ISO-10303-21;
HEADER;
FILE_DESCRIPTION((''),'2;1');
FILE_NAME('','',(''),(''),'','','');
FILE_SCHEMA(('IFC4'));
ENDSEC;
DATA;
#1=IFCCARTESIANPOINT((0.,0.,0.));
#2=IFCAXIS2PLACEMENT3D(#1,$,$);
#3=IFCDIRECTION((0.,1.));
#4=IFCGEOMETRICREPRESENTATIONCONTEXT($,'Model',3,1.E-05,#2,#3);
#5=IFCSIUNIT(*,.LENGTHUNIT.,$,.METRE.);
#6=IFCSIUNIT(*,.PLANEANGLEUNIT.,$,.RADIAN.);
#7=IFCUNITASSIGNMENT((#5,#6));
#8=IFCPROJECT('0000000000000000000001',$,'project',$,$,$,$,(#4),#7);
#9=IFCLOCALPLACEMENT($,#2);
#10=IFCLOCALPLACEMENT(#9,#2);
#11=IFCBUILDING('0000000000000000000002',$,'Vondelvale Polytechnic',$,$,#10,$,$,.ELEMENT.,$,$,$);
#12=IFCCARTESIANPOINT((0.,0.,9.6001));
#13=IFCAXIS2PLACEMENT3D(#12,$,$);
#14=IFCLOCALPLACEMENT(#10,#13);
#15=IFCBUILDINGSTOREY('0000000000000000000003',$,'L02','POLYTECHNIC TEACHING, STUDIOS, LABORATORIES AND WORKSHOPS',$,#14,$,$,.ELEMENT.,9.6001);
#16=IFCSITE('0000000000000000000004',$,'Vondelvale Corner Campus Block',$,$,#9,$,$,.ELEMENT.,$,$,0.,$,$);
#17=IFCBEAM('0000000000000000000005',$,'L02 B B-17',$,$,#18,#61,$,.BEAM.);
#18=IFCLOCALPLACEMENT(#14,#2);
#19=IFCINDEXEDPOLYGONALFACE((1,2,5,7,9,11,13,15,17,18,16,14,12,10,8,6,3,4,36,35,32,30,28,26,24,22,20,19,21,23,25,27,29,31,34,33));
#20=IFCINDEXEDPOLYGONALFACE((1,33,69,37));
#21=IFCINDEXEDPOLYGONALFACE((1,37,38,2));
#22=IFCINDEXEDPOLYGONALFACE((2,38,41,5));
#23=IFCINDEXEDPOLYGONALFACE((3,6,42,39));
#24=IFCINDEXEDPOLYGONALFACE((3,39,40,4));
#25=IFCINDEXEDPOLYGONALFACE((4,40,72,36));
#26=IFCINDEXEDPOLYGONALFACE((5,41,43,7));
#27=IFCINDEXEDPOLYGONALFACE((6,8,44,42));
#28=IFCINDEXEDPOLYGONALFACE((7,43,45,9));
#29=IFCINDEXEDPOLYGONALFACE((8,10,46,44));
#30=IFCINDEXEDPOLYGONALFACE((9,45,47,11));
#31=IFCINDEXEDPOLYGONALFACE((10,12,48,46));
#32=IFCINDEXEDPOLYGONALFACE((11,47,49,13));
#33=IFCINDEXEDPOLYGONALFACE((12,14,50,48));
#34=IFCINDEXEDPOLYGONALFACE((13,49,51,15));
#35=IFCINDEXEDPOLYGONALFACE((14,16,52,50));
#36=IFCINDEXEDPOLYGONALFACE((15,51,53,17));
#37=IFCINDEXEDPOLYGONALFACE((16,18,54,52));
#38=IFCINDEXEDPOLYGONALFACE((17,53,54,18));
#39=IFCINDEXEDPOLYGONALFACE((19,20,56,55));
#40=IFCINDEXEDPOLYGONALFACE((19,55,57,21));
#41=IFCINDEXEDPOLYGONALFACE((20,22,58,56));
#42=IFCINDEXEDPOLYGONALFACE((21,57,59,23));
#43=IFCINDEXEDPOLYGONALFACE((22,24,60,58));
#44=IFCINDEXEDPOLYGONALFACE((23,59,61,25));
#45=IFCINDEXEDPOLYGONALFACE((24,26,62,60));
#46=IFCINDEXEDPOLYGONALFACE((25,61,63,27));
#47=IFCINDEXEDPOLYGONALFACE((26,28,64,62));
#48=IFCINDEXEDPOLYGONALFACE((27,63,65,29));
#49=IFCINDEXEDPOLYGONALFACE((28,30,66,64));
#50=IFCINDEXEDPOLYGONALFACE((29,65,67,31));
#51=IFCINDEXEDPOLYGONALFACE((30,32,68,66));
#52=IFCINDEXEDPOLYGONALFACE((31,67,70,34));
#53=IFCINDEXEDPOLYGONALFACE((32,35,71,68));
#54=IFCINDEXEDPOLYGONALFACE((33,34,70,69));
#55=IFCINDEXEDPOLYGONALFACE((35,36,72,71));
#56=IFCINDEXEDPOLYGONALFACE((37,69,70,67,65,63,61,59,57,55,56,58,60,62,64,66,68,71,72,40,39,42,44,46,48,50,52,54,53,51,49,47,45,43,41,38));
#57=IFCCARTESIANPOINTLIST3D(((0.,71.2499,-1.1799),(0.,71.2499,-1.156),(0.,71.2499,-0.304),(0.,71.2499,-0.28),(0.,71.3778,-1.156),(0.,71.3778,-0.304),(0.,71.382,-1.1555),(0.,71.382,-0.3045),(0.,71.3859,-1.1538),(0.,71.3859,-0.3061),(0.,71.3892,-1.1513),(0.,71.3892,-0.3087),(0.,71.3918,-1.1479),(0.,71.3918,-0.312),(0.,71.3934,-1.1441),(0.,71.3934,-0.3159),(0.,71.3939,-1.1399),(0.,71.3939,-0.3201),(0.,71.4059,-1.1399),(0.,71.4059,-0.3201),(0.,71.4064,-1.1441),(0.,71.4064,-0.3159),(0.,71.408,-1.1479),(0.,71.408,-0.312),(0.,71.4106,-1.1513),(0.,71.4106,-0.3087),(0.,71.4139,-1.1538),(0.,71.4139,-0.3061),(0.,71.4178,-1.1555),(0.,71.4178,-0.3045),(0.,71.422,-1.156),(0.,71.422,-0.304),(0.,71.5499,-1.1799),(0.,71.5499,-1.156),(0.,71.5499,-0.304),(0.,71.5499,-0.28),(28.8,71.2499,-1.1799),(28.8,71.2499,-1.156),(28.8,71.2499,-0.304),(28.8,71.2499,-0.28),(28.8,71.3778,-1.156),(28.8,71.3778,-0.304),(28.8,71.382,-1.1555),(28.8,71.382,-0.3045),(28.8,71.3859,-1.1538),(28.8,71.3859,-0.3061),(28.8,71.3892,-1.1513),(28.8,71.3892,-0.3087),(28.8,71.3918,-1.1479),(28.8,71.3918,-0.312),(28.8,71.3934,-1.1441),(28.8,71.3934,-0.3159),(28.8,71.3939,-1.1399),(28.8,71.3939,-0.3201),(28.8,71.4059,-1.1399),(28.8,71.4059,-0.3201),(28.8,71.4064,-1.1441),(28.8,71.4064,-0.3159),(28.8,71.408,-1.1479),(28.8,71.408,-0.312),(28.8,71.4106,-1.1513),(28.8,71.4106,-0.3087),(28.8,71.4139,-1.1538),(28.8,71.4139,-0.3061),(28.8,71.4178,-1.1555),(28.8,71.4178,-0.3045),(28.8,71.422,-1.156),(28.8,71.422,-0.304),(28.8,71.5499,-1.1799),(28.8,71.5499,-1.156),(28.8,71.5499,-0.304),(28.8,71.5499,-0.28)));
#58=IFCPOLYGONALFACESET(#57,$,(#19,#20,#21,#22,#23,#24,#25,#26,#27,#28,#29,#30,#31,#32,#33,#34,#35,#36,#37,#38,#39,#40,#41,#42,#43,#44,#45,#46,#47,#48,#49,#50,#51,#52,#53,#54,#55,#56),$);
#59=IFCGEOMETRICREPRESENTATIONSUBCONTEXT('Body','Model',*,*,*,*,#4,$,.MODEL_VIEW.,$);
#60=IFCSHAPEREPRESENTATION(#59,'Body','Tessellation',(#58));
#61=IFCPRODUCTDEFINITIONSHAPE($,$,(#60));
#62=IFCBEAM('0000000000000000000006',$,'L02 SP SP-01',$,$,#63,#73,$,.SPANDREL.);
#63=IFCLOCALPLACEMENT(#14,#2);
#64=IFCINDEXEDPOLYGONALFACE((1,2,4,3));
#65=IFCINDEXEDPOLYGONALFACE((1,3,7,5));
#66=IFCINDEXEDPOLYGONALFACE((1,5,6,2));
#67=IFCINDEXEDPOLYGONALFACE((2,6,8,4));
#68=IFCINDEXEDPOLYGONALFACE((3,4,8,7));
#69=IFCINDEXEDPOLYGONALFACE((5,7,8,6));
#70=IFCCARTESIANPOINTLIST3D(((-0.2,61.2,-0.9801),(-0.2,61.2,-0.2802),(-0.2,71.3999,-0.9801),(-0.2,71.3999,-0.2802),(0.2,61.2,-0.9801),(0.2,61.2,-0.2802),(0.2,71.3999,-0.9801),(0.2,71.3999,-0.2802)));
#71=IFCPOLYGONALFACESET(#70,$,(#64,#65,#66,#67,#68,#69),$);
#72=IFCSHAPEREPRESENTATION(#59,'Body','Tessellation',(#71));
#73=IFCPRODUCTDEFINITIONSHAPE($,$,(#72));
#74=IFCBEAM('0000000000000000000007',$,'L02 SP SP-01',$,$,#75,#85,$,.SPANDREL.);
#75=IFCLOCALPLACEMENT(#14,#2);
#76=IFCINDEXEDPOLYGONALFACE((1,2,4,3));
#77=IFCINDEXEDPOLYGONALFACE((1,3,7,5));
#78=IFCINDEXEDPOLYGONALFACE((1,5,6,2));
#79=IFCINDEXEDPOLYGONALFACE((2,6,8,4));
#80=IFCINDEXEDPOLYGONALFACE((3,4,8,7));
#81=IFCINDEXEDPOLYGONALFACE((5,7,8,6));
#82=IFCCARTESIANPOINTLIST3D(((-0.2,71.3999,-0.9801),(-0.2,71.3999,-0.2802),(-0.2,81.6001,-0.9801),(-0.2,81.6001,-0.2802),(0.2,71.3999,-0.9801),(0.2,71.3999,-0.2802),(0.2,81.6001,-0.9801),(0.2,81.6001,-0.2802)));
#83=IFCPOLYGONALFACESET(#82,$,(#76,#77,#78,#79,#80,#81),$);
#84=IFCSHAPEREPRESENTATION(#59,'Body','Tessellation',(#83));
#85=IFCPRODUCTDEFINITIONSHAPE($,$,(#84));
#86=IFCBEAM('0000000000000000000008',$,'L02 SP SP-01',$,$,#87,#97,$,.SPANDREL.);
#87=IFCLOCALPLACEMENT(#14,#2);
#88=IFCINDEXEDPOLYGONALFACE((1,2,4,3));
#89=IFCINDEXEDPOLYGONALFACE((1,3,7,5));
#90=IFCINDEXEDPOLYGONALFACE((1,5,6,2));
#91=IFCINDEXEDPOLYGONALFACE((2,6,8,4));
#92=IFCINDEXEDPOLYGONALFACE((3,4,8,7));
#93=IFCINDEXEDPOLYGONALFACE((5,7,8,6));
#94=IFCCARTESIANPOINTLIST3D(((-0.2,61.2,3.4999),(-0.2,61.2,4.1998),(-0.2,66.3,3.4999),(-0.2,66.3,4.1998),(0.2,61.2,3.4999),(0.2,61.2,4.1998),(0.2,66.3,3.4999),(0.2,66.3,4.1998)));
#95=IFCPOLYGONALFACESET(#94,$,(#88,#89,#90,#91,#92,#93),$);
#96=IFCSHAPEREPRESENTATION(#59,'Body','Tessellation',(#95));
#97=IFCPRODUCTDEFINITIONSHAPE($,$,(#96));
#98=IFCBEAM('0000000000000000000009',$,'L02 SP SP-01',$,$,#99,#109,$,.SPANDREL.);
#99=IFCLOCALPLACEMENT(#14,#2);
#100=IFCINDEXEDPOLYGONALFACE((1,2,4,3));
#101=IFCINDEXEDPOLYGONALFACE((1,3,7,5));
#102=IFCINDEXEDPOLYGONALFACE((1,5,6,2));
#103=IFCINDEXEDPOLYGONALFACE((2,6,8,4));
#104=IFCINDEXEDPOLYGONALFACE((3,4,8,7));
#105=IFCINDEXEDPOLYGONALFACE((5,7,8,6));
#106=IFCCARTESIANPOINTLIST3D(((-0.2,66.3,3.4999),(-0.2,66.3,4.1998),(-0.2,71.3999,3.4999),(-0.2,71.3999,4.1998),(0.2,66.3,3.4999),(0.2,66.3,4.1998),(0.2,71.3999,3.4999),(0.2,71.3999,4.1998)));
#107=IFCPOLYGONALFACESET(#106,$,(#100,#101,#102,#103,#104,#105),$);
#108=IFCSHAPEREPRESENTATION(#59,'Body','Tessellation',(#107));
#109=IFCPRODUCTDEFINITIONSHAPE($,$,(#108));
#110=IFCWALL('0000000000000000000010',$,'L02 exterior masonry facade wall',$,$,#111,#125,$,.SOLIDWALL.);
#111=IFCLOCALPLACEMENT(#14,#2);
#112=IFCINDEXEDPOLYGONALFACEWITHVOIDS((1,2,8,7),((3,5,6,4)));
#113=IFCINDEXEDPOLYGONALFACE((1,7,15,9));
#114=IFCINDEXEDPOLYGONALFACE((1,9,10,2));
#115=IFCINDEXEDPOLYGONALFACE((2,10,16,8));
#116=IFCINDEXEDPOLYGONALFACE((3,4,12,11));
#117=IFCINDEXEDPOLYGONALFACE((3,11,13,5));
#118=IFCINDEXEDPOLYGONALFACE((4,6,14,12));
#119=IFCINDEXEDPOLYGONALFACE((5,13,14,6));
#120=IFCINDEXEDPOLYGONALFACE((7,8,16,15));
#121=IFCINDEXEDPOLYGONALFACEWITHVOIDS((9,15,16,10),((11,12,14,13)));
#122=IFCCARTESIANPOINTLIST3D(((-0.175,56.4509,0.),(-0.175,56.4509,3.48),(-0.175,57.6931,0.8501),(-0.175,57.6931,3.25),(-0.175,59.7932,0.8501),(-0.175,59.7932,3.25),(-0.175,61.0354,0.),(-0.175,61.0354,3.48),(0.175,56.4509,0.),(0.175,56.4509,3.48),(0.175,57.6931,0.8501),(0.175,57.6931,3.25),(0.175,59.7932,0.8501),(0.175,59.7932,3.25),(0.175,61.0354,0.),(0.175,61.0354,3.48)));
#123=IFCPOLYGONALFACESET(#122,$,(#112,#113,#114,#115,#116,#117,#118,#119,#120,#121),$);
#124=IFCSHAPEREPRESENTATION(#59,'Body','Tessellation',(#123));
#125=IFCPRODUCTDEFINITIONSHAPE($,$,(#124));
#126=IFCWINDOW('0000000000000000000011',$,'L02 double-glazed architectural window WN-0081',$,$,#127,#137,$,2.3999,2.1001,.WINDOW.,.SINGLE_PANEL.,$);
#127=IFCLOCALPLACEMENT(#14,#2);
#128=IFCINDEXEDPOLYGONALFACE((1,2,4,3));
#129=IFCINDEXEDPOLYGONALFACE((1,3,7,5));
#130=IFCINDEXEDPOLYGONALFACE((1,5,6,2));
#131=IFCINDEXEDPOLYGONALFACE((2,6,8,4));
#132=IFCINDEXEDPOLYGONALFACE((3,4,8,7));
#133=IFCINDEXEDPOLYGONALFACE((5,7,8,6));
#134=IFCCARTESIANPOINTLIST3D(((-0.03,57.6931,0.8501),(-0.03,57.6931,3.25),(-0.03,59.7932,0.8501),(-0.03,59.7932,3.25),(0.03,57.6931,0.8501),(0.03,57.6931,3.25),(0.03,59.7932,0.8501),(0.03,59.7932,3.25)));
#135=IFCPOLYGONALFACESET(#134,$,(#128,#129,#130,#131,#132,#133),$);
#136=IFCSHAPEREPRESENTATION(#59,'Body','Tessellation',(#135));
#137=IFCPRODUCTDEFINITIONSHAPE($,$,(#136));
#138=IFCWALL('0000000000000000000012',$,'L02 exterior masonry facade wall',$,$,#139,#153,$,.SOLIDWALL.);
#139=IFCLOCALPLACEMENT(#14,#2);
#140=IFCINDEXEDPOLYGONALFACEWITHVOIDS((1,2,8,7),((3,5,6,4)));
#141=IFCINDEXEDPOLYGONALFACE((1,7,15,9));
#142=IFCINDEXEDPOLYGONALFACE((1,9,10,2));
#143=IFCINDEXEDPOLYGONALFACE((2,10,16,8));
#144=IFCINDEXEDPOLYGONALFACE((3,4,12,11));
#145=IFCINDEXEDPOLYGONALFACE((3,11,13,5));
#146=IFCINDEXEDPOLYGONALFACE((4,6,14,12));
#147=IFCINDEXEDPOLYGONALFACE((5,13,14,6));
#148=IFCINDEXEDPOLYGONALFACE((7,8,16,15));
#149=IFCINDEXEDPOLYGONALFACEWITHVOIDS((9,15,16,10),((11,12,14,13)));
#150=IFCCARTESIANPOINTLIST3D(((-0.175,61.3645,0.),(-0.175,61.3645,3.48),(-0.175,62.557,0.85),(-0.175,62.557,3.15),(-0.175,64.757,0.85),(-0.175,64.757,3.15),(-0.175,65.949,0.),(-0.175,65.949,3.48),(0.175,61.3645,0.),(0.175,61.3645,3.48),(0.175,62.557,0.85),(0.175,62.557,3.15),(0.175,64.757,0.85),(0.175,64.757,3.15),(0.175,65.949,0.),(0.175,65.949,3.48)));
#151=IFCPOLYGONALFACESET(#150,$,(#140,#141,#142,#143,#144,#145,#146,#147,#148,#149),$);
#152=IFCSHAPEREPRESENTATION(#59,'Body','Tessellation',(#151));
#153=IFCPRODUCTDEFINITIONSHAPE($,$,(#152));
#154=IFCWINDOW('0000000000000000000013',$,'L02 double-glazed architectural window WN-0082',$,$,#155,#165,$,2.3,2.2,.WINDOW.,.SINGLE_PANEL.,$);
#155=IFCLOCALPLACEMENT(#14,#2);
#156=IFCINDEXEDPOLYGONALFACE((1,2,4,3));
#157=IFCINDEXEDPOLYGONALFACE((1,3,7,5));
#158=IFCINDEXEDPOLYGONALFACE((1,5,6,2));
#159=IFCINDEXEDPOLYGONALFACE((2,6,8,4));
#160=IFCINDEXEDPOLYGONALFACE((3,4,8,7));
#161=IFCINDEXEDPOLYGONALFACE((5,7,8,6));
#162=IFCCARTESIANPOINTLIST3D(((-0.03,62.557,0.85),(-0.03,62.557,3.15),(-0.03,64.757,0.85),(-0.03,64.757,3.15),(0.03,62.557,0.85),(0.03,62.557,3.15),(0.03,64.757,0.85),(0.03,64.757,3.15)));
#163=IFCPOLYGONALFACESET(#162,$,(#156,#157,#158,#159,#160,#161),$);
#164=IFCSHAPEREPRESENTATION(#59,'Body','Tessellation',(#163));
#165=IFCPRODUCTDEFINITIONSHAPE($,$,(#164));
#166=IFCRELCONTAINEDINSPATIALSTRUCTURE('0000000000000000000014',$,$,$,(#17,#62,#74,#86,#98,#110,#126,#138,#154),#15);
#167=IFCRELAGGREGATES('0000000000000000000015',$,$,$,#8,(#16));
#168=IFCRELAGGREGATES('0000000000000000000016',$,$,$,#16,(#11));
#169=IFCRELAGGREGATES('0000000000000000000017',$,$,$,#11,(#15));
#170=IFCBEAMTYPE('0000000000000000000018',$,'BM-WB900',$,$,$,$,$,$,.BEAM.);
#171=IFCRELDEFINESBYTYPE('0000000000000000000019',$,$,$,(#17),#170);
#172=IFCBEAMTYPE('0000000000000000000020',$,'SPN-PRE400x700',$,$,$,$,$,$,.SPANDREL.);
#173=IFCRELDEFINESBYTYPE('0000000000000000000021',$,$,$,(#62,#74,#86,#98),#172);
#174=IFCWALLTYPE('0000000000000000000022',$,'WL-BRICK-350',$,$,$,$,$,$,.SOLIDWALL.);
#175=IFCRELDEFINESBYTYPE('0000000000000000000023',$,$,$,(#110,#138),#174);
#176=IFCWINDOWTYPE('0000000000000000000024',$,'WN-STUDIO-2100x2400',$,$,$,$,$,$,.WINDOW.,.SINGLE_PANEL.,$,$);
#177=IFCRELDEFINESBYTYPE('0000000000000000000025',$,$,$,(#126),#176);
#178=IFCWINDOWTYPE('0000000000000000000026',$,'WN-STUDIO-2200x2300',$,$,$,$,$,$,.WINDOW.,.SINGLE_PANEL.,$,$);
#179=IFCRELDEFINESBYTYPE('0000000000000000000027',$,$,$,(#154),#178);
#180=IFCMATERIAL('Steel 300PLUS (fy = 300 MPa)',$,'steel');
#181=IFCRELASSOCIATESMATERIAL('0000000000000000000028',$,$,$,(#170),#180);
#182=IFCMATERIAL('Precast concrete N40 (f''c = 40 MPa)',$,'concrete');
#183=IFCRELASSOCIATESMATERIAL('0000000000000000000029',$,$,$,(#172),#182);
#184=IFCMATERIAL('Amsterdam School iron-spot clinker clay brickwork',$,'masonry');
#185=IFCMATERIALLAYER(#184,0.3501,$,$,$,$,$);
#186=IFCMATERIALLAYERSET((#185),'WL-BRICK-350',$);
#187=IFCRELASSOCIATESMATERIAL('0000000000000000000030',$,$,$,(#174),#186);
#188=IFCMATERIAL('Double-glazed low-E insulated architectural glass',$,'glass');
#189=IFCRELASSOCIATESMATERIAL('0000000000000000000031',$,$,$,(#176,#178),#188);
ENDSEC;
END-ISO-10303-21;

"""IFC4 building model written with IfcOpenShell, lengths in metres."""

from ifc_helpers import new_model, si_unit, direction, frame, frame_2d, origin, origin_2d, place, context, subcontext, project, spatial, rectangle, i_section, extrude, material, layer, layer_set, material_profile, profile_set, type_object, element, fill, save


model = new_model("IFC4")

# Units and contexts
model_context = context("Model", 3, precision=1e-05, world=origin(), true_north=direction((0.0, 1.0)))
body_context = subcontext(model_context, "Body", "Model", "MODEL_VIEW")
ifc_project = project(units=[si_unit("LENGTHUNIT", "METRE"), si_unit("PLANEANGLEUNIT", "RADIAN")], contexts=[model_context])

# Site, building, storey
site_placement = place(None, origin())
site = spatial("IfcSite", under=ifc_project, at=site_placement, Name="Vondelvale Corner Campus Block", CompositionType="ELEMENT", RefElevation=0.0)
building_placement = place(site_placement, origin())
building = spatial("IfcBuilding", under=site, at=building_placement, Name="Vondelvale Polytechnic", CompositionType="ELEMENT")
storey_placement = place(building_placement, frame((0.0, 0.0, 9.6001)))
storey = spatial("IfcBuildingStorey", under=building, at=storey_placement, Name="L02", Description="POLYTECHNIC TEACHING, STUDIOS, LABORATORIES AND WORKSHOPS", CompositionType="ELEMENT", Elevation=9.6001)

# Shared definitions
ifc_material_1 = material(Name="Steel 300PLUS (fy = 300 MPa)", Category="steel")

# Beams
ifc_material_profile_1 = material_profile(ifc_material_1, i_section(OverallWidth=0.3, OverallDepth=0.8999, WebThickness=0.012, FlangeThickness=0.0239, FilletRadius=0.0161, at=origin_2d()), Name="900WB218")
ifc_profile_set_1 = profile_set([ifc_material_profile_1], Name="Steel 300PLUS (fy = 300 MPa)")
beam_type_1 = type_object("IfcBeamType", Name="BM-WB900", PredefinedType="BEAM", material=ifc_profile_set_1)
beam_1_placement = place(storey_placement, frame((0.0, 71.3999, -0.73), z_axis=(1.0, 0.0, 0.0), x_axis=(0.0, 1.0, 0.0)))
element("IfcBeam", 1, at=beam_1_placement, inside=storey, type_object=beam_type_1, Name="L02 B B-17", PredefinedType="BEAM", context=body_context, shape_type="SweptSolid", body=[
    extrude(i_section(OverallWidth=0.3, OverallDepth=0.8999, WebThickness=0.012, FlangeThickness=0.0239, FilletRadius=0.0161, at=origin_2d()), origin(), (0.0, 0.0, 1.0), 28.8),
])
ifc_material_2 = material(Name="Precast concrete N40 (f'c = 40 MPa)", Category="concrete")
ifc_material_profile_2 = material_profile(ifc_material_2, rectangle(XDim=0.3999, YDim=0.7, at=origin_2d()), Name="RC-SPN-400x700")
ifc_profile_set_2 = profile_set([ifc_material_profile_2], Name="Precast concrete N40 (f'c = 40 MPa)")
beam_type_2 = type_object("IfcBeamType", Name="SPN-PRE400x700", PredefinedType="SPANDREL", material=ifc_profile_set_2)
beam_2_placement = place(storey_placement, frame((0.0, 61.2, -0.6301), z_axis=(0.0, 1.0, 0.0), x_axis=(-1.0, 0.0, 0.0)))
element("IfcBeam", 2, at=beam_2_placement, inside=storey, type_object=beam_type_2, Name="L02 SP SP-01", PredefinedType="SPANDREL", context=body_context, shape_type="SweptSolid", body=[
    extrude(rectangle(XDim=0.3999, YDim=0.7, at=origin_2d()), origin(), (0.0, 0.0, 1.0), 10.2),
])
beam_3_placement = place(storey_placement, frame((0.0, 71.3999, -0.6301), z_axis=(0.0, 1.0, 0.0), x_axis=(-1.0, 0.0, 0.0)))
element("IfcBeam", 3, at=beam_3_placement, inside=storey, type_object=beam_type_2, Name="L02 SP SP-01", PredefinedType="SPANDREL", context=body_context, shape_type="SweptSolid", body=[
    extrude(rectangle(XDim=0.3999, YDim=0.7, at=origin_2d()), origin(), (0.0, 0.0, 1.0), 10.2002),
])
beam_4_placement = place(storey_placement, frame((0.0, 61.2, 3.8499), z_axis=(0.0, 1.0, 0.0), x_axis=(-1.0, 0.0, 0.0)))
element("IfcBeam", 4, at=beam_4_placement, inside=storey, type_object=beam_type_2, Name="L02 SP SP-01", PredefinedType="SPANDREL", context=body_context, shape_type="SweptSolid", body=[
    extrude(rectangle(XDim=0.3999, YDim=0.7, at=origin_2d()), origin(), (0.0, 0.0, 1.0), 5.1001),
])
beam_5_placement = place(storey_placement, frame((0.0, 66.3, 3.8499), z_axis=(0.0, 1.0, 0.0), x_axis=(-1.0, 0.0, 0.0)))
element("IfcBeam", 5, at=beam_5_placement, inside=storey, type_object=beam_type_2, Name="L02 SP SP-01", PredefinedType="SPANDREL", context=body_context, shape_type="SweptSolid", body=[
    extrude(rectangle(XDim=0.3999, YDim=0.7, at=origin_2d()), origin(), (0.0, 0.0, 1.0), 5.0999),
])

# Walls, openings, windows
ifc_material_3 = material(Name="Amsterdam School iron-spot clinker clay brickwork", Category="masonry")
ifc_layer_1 = layer(ifc_material_3, 0.3501)
ifc_layer_set_1 = layer_set([ifc_layer_1], Name="WL-BRICK-350")
wall_type = type_object("IfcWallType", Name="WL-BRICK-350", PredefinedType="SOLIDWALL", material=ifc_layer_set_1)
wall_1_placement = place(storey_placement, frame((0.0, 56.4509, 0.0), z_axis=(0.0, 0.0, 1.0), x_axis=(0.0, 1.0, 0.0)))
wall_1 = element("IfcWall", 6, at=wall_1_placement, inside=storey, type_object=wall_type, Name="L02 exterior masonry facade wall", PredefinedType="SOLIDWALL", context=body_context, shape_type="SweptSolid", body=[
    extrude(rectangle(XDim=4.5845, YDim=0.3501, at=frame_2d((2.2922, 0.0))), origin(), (0.0, 0.0, 1.0), 3.48),
])
opening_1_placement = place(wall_1_placement, frame((1.2422, 0.0, 0.8501)))
opening_1 = element("IfcOpeningElement", 7, at=opening_1_placement, cuts=wall_1, PredefinedType="OPENING", context=body_context, shape_type="SweptSolid", body=[
    extrude(rectangle(XDim=2.1001, YDim=2.3999, at=frame_2d((1.05, 1.2))), frame((0.0, 0.1851, 0.0), z_axis=(0.0, -1.0, 0.0), x_axis=(1.0, 0.0, 0.0)), (0.0, 0.0, 1.0), 0.3701),
])
ifc_material_4 = material(Name="Double-glazed low-E insulated architectural glass", Category="glass")
window_type_1 = type_object("IfcWindowType", Name="WN-STUDIO-2100x2400", PartitioningType="SINGLE_PANEL", PredefinedType="WINDOW", material=ifc_material_4)
window_1_placement = place(opening_1_placement, origin())
window_1 = element("IfcWindow", 8, at=window_1_placement, inside=storey, type_object=window_type_1, Name="L02 double-glazed architectural window WN-0081", OverallHeight=2.3999, OverallWidth=2.1001, PartitioningType="SINGLE_PANEL", PredefinedType="WINDOW", context=body_context, shape_type="SweptSolid", body=[
    extrude(rectangle(XDim=2.1001, YDim=2.3999, at=frame_2d((1.05, 1.2))), frame((0.0, 0.03, 0.0), z_axis=(0.0, -1.0, 0.0), x_axis=(1.0, 0.0, 0.0)), (0.0, 0.0, 1.0), 0.0601),
])
fill(opening_1, window_1)
wall_2_placement = place(storey_placement, frame((0.0, 61.3645, 0.0), z_axis=(0.0, 0.0, 1.0), x_axis=(0.0, 1.0, 0.0)))
wall_2 = element("IfcWall", 9, at=wall_2_placement, inside=storey, type_object=wall_type, Name="L02 exterior masonry facade wall", PredefinedType="SOLIDWALL", context=body_context, shape_type="SweptSolid", body=[
    extrude(rectangle(XDim=4.5845, YDim=0.3501, at=frame_2d((2.2922, 0.0))), origin(), (0.0, 0.0, 1.0), 3.48),
])
opening_2_placement = place(wall_2_placement, frame((1.1924, 0.0, 0.8501)))
opening_2 = element("IfcOpeningElement", 10, at=opening_2_placement, cuts=wall_2, PredefinedType="OPENING", context=body_context, shape_type="SweptSolid", body=[
    extrude(rectangle(XDim=2.2, YDim=2.3, at=frame_2d((1.1001, 1.1499))), frame((0.0, 0.1851, 0.0), z_axis=(0.0, -1.0, 0.0), x_axis=(1.0, 0.0, 0.0)), (0.0, 0.0, 1.0), 0.3701),
])
window_type_2 = type_object("IfcWindowType", Name="WN-STUDIO-2200x2300", PartitioningType="SINGLE_PANEL", PredefinedType="WINDOW", material=ifc_material_4)
window_2_placement = place(opening_2_placement, origin())
window_2 = element("IfcWindow", 11, at=window_2_placement, inside=storey, type_object=window_type_2, Name="L02 double-glazed architectural window WN-0082", OverallHeight=2.3, OverallWidth=2.2, PartitioningType="SINGLE_PANEL", PredefinedType="WINDOW", context=body_context, shape_type="SweptSolid", body=[
    extrude(rectangle(XDim=2.2, YDim=2.3, at=frame_2d((1.1001, 1.1499))), frame((0.0, 0.03, 0.0), z_axis=(0.0, -1.0, 0.0), x_axis=(1.0, 0.0, 0.0)), (0.0, 0.0, 1.0), 0.0601),
])
fill(opening_2, window_2)

save(model, "model.ifc")
